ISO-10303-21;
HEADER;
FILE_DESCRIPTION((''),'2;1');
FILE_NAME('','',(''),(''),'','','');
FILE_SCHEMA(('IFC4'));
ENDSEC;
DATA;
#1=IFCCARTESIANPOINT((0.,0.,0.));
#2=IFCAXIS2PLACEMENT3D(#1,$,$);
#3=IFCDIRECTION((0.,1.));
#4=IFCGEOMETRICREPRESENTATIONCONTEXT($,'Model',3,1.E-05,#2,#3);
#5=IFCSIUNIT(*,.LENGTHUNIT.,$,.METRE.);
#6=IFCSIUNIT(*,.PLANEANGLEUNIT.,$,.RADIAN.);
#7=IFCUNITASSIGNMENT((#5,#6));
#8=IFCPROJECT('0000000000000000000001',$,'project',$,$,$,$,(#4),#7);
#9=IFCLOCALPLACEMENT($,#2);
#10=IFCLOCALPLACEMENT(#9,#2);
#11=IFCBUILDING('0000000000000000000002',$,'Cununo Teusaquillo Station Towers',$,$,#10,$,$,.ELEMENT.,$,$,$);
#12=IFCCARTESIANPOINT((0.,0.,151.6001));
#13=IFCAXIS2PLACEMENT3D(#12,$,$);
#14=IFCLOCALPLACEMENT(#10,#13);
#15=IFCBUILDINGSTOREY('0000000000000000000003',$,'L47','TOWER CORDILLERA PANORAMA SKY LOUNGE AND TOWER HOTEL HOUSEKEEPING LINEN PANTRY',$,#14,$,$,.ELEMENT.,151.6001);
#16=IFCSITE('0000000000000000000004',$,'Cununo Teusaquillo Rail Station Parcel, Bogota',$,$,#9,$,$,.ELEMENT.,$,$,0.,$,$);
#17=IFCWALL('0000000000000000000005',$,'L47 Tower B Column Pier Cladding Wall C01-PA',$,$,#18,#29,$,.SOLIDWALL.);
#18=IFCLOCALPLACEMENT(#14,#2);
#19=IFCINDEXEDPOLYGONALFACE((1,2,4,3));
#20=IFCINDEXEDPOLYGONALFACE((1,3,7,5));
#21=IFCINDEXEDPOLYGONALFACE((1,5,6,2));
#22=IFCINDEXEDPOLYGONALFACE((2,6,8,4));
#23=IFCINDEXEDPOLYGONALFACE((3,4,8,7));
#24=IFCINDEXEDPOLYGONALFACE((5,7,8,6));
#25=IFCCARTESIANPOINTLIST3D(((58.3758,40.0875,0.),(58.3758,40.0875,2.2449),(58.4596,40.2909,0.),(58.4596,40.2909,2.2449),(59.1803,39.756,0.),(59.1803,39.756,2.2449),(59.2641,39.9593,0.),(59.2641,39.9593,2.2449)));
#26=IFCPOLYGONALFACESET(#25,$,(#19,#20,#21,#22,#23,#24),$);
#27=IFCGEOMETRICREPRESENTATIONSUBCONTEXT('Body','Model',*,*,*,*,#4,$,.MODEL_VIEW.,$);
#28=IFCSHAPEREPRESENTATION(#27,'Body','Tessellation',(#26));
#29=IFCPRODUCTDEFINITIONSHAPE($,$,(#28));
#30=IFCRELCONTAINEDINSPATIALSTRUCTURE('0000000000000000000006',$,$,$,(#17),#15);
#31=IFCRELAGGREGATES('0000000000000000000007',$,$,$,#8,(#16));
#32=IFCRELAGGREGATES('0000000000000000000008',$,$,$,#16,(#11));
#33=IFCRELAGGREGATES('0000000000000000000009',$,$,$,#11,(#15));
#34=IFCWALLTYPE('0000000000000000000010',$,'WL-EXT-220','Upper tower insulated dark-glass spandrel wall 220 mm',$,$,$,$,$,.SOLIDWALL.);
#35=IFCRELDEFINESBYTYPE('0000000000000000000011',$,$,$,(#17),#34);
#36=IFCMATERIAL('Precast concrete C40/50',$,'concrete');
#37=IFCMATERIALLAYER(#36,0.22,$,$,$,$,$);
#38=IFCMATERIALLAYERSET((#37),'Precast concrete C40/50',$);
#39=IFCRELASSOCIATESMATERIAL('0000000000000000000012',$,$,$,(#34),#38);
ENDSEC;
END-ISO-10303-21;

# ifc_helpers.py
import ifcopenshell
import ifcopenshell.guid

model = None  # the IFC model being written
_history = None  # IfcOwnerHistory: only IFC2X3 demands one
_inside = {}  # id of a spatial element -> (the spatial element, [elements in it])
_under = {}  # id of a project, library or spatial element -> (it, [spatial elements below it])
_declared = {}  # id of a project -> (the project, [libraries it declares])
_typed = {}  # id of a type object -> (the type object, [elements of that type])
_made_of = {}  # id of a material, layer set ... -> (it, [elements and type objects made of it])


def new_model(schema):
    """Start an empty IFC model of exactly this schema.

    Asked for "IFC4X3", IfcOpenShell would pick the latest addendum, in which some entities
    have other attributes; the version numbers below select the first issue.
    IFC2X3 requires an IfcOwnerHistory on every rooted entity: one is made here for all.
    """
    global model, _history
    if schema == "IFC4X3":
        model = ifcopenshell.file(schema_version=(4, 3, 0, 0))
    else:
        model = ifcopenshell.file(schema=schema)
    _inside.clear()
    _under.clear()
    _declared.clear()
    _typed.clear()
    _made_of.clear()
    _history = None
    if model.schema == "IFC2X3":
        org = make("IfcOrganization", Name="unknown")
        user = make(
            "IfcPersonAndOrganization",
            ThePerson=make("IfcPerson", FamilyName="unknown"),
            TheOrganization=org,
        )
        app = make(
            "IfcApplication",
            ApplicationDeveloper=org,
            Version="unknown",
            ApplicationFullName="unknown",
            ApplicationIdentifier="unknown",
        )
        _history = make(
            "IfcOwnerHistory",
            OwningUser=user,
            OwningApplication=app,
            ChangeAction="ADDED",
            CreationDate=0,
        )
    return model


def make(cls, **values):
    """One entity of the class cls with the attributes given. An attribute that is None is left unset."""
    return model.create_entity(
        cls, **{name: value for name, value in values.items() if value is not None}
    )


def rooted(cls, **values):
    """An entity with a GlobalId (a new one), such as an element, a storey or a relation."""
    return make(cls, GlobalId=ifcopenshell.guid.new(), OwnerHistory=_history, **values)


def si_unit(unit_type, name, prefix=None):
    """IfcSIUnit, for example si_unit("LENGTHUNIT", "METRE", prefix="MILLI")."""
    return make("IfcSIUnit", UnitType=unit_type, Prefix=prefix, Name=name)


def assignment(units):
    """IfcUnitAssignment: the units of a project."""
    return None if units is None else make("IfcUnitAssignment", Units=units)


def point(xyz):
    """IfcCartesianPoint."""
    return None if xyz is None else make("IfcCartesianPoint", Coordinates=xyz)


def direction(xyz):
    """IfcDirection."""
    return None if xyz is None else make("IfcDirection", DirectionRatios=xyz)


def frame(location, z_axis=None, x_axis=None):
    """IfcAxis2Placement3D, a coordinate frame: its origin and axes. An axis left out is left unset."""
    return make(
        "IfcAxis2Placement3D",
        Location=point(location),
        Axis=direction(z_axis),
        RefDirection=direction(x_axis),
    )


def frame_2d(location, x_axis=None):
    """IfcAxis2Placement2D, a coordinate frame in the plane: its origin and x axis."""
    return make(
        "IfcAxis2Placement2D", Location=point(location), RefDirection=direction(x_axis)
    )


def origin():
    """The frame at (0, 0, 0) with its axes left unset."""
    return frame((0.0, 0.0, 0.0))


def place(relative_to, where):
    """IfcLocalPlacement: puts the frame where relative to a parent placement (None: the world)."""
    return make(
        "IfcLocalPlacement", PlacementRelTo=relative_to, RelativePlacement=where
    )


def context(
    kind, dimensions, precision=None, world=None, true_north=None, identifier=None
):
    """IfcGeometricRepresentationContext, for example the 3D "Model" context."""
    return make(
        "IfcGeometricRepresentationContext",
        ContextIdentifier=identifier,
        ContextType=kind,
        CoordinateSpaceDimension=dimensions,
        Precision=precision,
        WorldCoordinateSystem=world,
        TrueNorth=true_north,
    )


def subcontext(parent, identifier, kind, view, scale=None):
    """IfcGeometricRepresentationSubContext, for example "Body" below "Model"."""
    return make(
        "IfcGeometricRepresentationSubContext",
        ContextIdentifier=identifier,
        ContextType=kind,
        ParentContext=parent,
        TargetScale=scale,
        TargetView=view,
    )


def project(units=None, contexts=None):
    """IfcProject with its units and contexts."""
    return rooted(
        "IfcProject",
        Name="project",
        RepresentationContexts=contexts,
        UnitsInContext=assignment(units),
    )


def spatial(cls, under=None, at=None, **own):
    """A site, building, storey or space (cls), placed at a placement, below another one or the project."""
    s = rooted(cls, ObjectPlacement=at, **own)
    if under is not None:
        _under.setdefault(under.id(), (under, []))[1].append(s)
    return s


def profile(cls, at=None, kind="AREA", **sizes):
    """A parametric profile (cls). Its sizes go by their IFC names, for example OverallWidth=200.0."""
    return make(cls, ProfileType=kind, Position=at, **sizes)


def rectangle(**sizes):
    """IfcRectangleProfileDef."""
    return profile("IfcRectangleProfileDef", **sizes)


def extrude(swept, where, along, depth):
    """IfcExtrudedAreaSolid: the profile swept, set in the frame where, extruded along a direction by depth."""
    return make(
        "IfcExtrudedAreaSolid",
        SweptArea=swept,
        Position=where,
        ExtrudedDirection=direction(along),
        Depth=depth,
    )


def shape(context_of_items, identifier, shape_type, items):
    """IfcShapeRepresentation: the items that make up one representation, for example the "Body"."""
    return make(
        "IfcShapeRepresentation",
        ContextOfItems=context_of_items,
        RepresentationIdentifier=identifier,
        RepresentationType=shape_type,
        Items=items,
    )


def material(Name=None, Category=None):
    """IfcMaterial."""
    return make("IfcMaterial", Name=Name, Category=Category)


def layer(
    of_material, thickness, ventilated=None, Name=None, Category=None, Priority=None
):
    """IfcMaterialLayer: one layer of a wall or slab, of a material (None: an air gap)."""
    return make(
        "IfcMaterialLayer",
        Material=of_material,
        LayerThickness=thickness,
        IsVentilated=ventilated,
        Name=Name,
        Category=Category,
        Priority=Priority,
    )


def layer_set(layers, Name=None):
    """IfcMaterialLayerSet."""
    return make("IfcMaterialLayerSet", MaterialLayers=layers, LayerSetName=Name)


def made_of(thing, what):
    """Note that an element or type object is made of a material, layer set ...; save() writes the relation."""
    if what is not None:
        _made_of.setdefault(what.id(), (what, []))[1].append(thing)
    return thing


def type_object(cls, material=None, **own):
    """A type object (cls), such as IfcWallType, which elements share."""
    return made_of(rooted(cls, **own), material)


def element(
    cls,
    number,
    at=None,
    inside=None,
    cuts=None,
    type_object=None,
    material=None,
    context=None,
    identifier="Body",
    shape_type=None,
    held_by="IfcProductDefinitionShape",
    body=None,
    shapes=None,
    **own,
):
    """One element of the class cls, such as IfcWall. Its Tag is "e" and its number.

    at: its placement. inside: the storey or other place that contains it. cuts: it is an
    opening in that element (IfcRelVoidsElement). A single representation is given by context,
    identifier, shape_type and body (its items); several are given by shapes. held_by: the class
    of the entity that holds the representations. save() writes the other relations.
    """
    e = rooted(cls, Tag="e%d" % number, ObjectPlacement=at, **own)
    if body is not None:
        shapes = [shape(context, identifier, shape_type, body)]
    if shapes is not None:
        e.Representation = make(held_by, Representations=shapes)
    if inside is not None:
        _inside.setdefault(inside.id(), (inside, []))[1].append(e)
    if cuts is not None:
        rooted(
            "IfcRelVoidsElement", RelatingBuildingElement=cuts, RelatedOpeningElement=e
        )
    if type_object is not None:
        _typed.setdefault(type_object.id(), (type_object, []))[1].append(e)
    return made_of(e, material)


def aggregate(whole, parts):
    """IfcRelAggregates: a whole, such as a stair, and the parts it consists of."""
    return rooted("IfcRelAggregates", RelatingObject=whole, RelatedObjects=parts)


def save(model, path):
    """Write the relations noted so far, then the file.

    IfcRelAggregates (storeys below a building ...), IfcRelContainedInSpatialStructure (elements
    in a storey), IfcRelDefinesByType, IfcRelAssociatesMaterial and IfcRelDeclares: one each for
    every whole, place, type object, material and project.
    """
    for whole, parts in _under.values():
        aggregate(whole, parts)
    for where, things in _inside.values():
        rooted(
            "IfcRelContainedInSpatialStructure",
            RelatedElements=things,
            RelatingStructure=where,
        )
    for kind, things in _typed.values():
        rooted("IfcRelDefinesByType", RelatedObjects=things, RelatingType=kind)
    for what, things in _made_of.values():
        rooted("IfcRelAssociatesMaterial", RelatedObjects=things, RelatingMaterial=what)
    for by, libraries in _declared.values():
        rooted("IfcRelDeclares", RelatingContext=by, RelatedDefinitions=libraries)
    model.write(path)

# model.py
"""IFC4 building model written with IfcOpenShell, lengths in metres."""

from ifc_helpers import new_model, si_unit, direction, frame, frame_2d, origin, place, context, subcontext, project, spatial, rectangle, extrude, material, layer, layer_set, type_object, element, save


model = new_model("IFC4")

# Units and contexts
model_context = context("Model", 3, precision=1e-05, world=origin(), true_north=direction((0.0, 1.0)))
body_context = subcontext(model_context, "Body", "Model", "MODEL_VIEW")
ifc_project = project(units=[si_unit("LENGTHUNIT", "METRE"), si_unit("PLANEANGLEUNIT", "RADIAN")], contexts=[model_context])

# Site, building, storey
site_placement = place(None, origin())
site = spatial("IfcSite", under=ifc_project, at=site_placement, Name="Cununo Teusaquillo Rail Station Parcel, Bogota", CompositionType="ELEMENT", RefElevation=0.0)
building_placement = place(site_placement, origin())
building = spatial("IfcBuilding", under=site, at=building_placement, Name="Cununo Teusaquillo Station Towers", CompositionType="ELEMENT")
storey_placement = place(building_placement, frame((0.0, 0.0, 151.6001)))
storey = spatial("IfcBuildingStorey", under=building, at=storey_placement, Name="L47", Description="TOWER CORDILLERA PANORAMA SKY LOUNGE AND TOWER HOTEL HOUSEKEEPING LINEN PANTRY", CompositionType="ELEMENT", Elevation=151.6001)

# Wall
ifc_material_1 = material(Name="Precast concrete C40/50", Category="concrete")
ifc_layer_1 = layer(ifc_material_1, 0.22)
ifc_layer_set_1 = layer_set([ifc_layer_1], Name="Precast concrete C40/50")
wall_type = type_object("IfcWallType", Name="WL-EXT-220", Description="Upper tower insulated dark-glass spandrel wall 220 mm", PredefinedType="SOLIDWALL", material=ifc_layer_set_1)
wall_1_placement = place(storey_placement, frame((58.4177, 40.1892, 0.0), z_axis=(0.0, 0.0, 1.0), x_axis=(0.924556, -0.381046, 0.0)))
element("IfcWall", 1, at=wall_1_placement, inside=storey, type_object=wall_type, Name="L47 Tower B Column Pier Cladding Wall C01-PA", PredefinedType="SOLIDWALL", context=body_context, shape_type="SweptSolid", body=[
    extrude(rectangle(XDim=0.8701, YDim=0.22, at=frame_2d((0.4351, 0.0))), origin(), (0.0, 0.0, 1.0), 2.2449),
])

save(model, "model.ifc")
